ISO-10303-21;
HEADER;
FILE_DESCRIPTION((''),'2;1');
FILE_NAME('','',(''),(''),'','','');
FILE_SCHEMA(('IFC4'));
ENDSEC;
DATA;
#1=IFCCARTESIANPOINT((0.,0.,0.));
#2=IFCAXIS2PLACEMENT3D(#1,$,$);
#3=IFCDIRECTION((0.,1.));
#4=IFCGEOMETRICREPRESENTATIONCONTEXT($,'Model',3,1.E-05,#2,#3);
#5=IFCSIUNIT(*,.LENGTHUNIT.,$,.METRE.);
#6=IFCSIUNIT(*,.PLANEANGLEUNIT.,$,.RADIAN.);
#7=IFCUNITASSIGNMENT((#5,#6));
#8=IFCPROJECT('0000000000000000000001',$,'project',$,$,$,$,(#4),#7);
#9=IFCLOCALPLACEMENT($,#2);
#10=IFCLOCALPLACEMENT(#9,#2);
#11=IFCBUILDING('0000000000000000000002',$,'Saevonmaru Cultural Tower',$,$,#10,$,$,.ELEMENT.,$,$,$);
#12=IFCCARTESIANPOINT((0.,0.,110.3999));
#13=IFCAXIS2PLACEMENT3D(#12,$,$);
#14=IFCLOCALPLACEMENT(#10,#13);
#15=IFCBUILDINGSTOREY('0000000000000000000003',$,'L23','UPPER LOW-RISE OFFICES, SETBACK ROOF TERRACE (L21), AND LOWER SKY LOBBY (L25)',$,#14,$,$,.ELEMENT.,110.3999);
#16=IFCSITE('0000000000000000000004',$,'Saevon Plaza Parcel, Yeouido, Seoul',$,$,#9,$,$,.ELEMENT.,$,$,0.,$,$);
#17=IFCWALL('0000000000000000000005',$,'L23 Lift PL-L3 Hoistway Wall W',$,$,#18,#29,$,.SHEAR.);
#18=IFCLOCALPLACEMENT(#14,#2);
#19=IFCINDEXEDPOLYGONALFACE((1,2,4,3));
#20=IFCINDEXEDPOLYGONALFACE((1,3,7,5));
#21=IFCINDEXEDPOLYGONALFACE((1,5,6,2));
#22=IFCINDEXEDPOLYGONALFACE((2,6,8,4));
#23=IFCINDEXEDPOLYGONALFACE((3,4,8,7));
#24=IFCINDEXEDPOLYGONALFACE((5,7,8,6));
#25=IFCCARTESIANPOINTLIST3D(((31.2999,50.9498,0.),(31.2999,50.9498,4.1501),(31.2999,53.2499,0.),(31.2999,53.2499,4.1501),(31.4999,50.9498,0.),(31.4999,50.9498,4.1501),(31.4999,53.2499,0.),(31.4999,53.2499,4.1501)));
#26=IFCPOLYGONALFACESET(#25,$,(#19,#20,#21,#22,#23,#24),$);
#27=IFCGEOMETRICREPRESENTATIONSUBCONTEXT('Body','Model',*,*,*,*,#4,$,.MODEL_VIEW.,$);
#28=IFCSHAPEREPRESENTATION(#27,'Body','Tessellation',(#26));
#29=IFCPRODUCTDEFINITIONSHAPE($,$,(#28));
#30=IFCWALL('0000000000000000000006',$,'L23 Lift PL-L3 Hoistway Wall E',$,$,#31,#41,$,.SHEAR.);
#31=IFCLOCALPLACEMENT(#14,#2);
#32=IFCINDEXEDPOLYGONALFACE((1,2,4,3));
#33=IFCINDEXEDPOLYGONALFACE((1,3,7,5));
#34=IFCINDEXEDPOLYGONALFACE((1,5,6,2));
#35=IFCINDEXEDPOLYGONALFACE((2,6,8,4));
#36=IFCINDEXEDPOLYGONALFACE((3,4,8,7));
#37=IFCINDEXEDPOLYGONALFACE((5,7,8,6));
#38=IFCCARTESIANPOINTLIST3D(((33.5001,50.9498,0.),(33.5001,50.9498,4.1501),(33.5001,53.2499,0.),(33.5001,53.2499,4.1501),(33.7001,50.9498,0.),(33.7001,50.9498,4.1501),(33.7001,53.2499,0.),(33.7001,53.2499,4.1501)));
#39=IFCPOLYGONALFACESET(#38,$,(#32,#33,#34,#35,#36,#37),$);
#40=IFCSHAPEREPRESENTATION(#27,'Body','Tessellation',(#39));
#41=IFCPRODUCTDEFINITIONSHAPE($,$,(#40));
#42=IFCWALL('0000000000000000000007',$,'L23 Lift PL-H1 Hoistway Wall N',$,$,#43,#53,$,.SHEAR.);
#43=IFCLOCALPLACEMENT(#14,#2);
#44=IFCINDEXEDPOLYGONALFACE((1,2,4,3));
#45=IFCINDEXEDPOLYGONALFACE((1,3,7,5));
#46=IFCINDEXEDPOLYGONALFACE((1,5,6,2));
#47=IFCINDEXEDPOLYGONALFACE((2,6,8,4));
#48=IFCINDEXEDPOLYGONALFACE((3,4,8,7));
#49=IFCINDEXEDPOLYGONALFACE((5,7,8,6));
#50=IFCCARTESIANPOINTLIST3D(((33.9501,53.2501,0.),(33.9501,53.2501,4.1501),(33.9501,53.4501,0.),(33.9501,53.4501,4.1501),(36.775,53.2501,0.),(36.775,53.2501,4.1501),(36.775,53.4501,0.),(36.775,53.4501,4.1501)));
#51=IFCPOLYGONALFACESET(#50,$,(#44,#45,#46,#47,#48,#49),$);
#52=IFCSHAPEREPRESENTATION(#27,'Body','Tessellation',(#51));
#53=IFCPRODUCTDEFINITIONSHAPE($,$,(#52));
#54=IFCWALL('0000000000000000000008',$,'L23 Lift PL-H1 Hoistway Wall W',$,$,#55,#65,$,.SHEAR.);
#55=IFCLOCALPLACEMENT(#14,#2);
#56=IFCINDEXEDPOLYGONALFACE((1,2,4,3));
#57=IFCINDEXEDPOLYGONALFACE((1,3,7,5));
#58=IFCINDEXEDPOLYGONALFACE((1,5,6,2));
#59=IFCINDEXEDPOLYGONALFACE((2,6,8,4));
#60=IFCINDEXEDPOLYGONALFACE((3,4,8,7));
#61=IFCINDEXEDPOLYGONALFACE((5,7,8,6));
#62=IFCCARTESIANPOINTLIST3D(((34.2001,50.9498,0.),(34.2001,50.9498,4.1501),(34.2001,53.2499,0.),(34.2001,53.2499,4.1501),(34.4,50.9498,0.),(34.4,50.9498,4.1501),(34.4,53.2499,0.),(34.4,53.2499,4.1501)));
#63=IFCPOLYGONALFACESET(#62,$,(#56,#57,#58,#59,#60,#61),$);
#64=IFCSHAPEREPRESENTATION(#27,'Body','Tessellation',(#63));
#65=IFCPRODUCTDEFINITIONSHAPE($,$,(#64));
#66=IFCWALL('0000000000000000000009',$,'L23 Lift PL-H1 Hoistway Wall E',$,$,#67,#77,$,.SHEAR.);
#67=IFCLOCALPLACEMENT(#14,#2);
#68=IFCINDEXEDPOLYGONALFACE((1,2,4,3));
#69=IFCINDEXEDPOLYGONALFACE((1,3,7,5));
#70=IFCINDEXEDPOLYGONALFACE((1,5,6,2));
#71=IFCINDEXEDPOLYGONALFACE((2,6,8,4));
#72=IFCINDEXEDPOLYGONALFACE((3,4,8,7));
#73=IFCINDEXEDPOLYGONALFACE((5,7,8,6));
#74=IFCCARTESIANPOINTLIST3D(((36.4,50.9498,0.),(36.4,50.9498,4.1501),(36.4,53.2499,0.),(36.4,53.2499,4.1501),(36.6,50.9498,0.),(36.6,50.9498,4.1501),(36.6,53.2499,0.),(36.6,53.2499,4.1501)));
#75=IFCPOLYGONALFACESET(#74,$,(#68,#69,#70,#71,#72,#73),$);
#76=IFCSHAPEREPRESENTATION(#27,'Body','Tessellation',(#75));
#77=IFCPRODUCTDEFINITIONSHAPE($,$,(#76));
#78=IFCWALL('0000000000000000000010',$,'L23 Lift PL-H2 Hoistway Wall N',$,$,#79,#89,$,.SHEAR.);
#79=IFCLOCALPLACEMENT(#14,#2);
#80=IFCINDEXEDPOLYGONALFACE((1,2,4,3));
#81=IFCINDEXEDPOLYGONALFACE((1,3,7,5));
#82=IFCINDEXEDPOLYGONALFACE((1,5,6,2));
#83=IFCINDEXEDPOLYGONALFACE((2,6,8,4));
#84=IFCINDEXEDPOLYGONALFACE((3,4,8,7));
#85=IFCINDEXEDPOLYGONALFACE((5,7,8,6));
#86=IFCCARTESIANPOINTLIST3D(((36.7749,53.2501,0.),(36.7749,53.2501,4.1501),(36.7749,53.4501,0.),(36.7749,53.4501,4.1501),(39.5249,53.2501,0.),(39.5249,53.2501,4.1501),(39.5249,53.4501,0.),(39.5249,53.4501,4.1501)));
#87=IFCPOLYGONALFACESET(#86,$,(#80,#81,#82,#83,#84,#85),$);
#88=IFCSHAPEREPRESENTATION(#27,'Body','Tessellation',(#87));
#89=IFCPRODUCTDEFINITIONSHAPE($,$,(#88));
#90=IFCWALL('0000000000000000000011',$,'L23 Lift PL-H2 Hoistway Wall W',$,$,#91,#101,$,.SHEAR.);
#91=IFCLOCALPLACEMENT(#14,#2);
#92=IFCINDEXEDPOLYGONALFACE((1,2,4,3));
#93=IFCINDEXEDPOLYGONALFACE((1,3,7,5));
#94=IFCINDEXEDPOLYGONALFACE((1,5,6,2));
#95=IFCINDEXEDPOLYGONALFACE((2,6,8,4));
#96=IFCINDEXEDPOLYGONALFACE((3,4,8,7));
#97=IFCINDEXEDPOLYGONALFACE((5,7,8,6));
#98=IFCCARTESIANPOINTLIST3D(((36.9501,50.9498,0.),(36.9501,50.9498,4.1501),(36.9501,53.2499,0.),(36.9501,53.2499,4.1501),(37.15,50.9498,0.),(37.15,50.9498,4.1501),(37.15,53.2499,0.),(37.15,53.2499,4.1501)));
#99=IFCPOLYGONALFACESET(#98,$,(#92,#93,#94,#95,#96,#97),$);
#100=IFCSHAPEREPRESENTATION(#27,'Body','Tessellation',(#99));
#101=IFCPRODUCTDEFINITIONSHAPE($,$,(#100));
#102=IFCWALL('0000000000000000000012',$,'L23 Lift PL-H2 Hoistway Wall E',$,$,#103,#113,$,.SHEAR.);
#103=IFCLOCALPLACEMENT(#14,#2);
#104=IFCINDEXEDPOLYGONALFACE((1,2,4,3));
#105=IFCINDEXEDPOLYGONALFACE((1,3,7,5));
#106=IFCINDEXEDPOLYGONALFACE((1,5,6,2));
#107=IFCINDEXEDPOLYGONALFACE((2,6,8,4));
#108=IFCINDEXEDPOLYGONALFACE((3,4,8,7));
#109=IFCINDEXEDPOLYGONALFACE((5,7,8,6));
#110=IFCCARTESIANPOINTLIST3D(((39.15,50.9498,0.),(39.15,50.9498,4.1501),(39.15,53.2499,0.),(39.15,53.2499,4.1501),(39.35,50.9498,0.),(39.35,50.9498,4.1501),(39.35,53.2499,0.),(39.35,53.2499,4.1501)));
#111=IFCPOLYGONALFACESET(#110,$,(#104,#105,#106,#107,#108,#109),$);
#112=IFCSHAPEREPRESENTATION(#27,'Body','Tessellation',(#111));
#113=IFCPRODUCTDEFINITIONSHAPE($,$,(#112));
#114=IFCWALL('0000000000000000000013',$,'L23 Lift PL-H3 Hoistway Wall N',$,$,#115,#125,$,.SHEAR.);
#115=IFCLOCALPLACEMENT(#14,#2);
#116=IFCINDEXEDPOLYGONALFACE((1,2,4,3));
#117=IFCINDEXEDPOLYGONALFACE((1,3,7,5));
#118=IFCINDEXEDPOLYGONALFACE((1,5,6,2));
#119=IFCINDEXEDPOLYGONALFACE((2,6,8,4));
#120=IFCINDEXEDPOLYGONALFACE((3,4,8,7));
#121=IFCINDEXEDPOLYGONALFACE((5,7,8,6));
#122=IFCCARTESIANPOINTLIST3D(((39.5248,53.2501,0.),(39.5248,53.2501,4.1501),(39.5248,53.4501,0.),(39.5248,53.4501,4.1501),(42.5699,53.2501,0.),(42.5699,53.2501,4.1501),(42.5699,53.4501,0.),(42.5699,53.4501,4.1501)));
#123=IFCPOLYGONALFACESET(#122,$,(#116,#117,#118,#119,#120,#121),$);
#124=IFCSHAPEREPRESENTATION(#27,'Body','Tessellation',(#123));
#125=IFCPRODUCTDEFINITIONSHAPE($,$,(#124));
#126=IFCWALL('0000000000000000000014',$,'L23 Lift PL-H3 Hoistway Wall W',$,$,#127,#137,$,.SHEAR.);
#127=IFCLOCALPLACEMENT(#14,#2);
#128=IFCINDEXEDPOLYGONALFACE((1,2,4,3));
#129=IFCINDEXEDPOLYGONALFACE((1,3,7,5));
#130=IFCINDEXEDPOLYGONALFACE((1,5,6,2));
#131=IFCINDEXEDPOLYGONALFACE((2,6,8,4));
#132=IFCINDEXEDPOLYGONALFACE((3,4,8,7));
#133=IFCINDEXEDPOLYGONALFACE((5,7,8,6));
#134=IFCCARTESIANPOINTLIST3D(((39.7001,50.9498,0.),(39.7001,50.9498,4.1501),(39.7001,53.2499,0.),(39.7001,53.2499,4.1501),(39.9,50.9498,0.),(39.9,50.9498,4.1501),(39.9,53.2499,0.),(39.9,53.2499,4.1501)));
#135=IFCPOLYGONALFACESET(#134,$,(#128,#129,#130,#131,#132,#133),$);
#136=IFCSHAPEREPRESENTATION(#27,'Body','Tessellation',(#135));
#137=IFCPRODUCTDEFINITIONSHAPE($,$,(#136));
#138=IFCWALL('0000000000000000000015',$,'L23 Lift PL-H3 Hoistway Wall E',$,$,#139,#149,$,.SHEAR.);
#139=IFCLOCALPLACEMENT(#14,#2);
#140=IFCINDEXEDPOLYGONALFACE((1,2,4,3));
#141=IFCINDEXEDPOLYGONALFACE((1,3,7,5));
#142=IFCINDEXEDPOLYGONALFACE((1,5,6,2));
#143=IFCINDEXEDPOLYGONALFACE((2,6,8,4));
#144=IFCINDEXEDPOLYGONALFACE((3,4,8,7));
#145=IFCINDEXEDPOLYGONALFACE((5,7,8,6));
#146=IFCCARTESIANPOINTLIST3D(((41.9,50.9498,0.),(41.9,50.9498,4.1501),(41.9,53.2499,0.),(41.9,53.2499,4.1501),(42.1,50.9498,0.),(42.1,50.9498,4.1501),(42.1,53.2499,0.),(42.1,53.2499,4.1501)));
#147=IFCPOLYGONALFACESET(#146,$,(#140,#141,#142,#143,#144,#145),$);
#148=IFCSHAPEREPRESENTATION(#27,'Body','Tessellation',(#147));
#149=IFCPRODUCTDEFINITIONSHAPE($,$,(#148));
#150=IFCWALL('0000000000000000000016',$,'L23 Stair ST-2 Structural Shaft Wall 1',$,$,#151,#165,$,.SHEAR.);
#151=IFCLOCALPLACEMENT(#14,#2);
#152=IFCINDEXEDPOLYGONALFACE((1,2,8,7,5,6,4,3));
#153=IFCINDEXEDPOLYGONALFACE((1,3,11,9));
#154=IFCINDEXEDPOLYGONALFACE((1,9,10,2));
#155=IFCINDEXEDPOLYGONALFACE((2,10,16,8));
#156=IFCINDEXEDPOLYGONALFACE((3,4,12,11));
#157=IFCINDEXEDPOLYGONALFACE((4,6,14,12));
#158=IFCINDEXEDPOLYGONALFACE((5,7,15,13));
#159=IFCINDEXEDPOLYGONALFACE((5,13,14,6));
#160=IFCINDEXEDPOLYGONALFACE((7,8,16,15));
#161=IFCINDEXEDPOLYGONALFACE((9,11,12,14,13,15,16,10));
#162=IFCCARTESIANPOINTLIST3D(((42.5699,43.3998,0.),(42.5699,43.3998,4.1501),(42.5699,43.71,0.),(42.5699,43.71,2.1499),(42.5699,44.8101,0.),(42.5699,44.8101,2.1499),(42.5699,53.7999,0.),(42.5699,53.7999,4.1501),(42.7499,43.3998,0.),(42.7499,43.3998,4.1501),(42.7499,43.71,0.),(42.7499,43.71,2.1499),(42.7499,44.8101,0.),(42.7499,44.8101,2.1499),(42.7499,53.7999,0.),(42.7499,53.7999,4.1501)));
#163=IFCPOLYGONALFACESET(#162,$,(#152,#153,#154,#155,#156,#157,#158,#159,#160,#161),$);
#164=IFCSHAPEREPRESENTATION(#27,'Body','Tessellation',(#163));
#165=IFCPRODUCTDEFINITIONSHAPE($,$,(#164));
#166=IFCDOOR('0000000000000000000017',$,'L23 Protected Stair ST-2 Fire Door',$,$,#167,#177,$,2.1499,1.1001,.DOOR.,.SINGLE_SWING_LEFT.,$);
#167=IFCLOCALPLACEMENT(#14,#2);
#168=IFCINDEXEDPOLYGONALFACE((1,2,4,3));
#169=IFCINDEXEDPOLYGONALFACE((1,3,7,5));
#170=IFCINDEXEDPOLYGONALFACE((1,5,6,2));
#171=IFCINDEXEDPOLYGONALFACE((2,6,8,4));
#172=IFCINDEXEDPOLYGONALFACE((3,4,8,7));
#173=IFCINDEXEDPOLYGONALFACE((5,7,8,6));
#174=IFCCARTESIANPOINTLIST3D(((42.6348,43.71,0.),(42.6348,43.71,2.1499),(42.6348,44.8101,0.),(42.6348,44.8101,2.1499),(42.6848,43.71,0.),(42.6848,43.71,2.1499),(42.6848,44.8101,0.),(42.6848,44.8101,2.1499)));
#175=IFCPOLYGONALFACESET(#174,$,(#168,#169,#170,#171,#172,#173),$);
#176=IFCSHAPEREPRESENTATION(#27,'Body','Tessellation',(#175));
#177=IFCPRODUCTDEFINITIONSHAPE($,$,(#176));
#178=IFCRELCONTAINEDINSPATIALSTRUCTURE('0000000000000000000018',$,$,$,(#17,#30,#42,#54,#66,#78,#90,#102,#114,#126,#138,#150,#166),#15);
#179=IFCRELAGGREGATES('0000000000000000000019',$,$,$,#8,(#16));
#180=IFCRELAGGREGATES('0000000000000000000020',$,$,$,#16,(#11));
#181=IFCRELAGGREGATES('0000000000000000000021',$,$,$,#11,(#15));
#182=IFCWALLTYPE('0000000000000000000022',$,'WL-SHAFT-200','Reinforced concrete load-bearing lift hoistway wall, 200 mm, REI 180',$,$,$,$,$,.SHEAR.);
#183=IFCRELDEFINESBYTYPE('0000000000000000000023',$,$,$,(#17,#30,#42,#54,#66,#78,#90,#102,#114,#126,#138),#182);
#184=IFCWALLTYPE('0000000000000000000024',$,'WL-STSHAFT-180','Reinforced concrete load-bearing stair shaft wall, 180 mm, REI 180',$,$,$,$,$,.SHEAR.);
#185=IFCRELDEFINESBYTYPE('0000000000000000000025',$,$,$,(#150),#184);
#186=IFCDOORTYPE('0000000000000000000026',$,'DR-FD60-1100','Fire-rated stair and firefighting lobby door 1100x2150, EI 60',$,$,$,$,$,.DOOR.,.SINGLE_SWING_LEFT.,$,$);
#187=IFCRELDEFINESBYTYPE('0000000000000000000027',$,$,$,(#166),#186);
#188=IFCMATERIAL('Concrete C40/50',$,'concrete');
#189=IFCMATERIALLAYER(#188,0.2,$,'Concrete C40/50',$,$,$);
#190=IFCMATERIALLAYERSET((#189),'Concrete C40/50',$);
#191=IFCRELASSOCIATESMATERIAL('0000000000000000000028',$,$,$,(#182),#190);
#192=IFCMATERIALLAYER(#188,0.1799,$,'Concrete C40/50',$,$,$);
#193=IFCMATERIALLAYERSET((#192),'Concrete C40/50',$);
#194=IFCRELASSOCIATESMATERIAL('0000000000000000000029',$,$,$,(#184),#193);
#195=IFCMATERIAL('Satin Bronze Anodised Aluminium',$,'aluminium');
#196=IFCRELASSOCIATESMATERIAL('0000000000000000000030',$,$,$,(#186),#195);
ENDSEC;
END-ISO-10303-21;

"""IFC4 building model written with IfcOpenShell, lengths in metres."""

from ifc_helpers import new_model, si_unit, direction, frame, frame_2d, origin, place, context, subcontext, project, spatial, rectangle, extrude, material, layer, layer_set, type_object, element, fill, save


model = new_model("IFC4")

# Units and contexts
model_context = context("Model", 3, precision=1e-05, world=origin(), true_north=direction((0.0, 1.0)))
body_context = subcontext(model_context, "Body", "Model", "MODEL_VIEW")
ifc_project = project(units=[si_unit("LENGTHUNIT", "METRE"), si_unit("PLANEANGLEUNIT", "RADIAN")], contexts=[model_context])

# Site, building, storey
site_placement = place(None, origin())
site = spatial("IfcSite", under=ifc_project, at=site_placement, Name="Saevon Plaza Parcel, Yeouido, Seoul", CompositionType="ELEMENT", RefElevation=0.0)
building_placement = place(site_placement, origin())
building = spatial("IfcBuilding", under=site, at=building_placement, Name="Saevonmaru Cultural Tower", CompositionType="ELEMENT")
storey_placement = place(building_placement, frame((0.0, 0.0, 110.3999)))
storey = spatial("IfcBuildingStorey", under=building, at=storey_placement, Name="L23", Description="UPPER LOW-RISE OFFICES, SETBACK ROOF TERRACE (L21), AND LOWER SKY LOBBY (L25)", CompositionType="ELEMENT", Elevation=110.3999)

# Shared definitions
ifc_material_1 = material(Name="Satin Bronze Anodised Aluminium", Category="aluminium")

# Walls
ifc_material_2 = material(Name="Concrete C40/50", Category="concrete")
ifc_layer_1 = layer(ifc_material_2, 0.2, Name="Concrete C40/50")
ifc_layer_set_1 = layer_set([ifc_layer_1], Name="Concrete C40/50")
wall_type_1 = type_object("IfcWallType", Name="WL-SHAFT-200", Description="Reinforced concrete load-bearing lift hoistway wall, 200 mm, REI 180", PredefinedType="SHEAR", material=ifc_layer_set_1)
for number, where, z_axis, x_axis, name in (
    (1, (31.3999, 50.95, 0.0), (0.0, 0.0, 1.0), (0.0, 1.0, 0.0), "L23 Lift PL-L3 Hoistway Wall W"),
    (2, (33.6001, 50.95, 0.0), (0.0, 0.0, 1.0), (0.0, 1.0, 0.0), "L23 Lift PL-L3 Hoistway Wall E"),
):
    element("IfcWall", number, at=place(storey_placement, frame(where, z_axis=z_axis, x_axis=x_axis)), inside=storey, type_object=wall_type_1, Name=name, PredefinedType="SHEAR", context=body_context, shape_type="SweptSolid", body=[
        extrude(rectangle(XDim=2.3, YDim=0.2, at=frame_2d((1.1499, 0.0))), origin(), (0.0, 0.0, 1.0), 4.1501),
    ])
wall_1_placement = place(storey_placement, frame((33.95, 53.3501, 0.0), z_axis=(0.0, 0.0, 1.0), x_axis=(1.0, 0.0, 0.0)))
element("IfcWall", 3, at=wall_1_placement, inside=storey, type_object=wall_type_1, Name="L23 Lift PL-H1 Hoistway Wall N", PredefinedType="SHEAR", context=body_context, shape_type="SweptSolid", body=[
    extrude(rectangle(XDim=2.825, YDim=0.2, at=frame_2d((1.4126, 0.0))), origin(), (0.0, 0.0, 1.0), 4.1501),
])
for number, where, z_axis, x_axis, name in (
    (4, (34.3, 50.95, 0.0), (0.0, 0.0, 1.0), (0.0, 1.0, 0.0), "L23 Lift PL-H1 Hoistway Wall W"),
    (5, (36.5, 50.95, 0.0), (0.0, 0.0, 1.0), (0.0, 1.0, 0.0), "L23 Lift PL-H1 Hoistway Wall E"),
):
    element("IfcWall", number, at=place(storey_placement, frame(where, z_axis=z_axis, x_axis=x_axis)), inside=storey, type_object=wall_type_1, Name=name, PredefinedType="SHEAR", context=body_context, shape_type="SweptSolid", body=[
        extrude(rectangle(XDim=2.3, YDim=0.2, at=frame_2d((1.1499, 0.0))), origin(), (0.0, 0.0, 1.0), 4.1501),
    ])
wall_2_placement = place(storey_placement, frame((36.7749, 53.3501, 0.0), z_axis=(0.0, 0.0, 1.0), x_axis=(1.0, 0.0, 0.0)))
element("IfcWall", 6, at=wall_2_placement, inside=storey, type_object=wall_type_1, Name="L23 Lift PL-H2 Hoistway Wall N", PredefinedType="SHEAR", context=body_context, shape_type="SweptSolid", body=[
    extrude(rectangle(XDim=2.75, YDim=0.2, at=frame_2d((1.375, 0.0))), origin(), (0.0, 0.0, 1.0), 4.1501),
])
for number, where, z_axis, x_axis, name in (
    (7, (37.05, 50.95, 0.0), (0.0, 0.0, 1.0), (0.0, 1.0, 0.0), "L23 Lift PL-H2 Hoistway Wall W"),
    (8, (39.25, 50.95, 0.0), (0.0, 0.0, 1.0), (0.0, 1.0, 0.0), "L23 Lift PL-H2 Hoistway Wall E"),
):
    element("IfcWall", number, at=place(storey_placement, frame(where, z_axis=z_axis, x_axis=x_axis)), inside=storey, type_object=wall_type_1, Name=name, PredefinedType="SHEAR", context=body_context, shape_type="SweptSolid", body=[
        extrude(rectangle(XDim=2.3, YDim=0.2, at=frame_2d((1.1499, 0.0))), origin(), (0.0, 0.0, 1.0), 4.1501),
    ])
wall_3_placement = place(storey_placement, frame((39.5249, 53.3501, 0.0), z_axis=(0.0, 0.0, 1.0), x_axis=(1.0, 0.0, 0.0)))
element("IfcWall", 9, at=wall_3_placement, inside=storey, type_object=wall_type_1, Name="L23 Lift PL-H3 Hoistway Wall N", PredefinedType="SHEAR", context=body_context, shape_type="SweptSolid", body=[
    extrude(rectangle(XDim=3.0452, YDim=0.2, at=frame_2d((1.5225, 0.0))), origin(), (0.0, 0.0, 1.0), 4.1501),
])
for number, where, z_axis, x_axis, name in (
    (10, (39.8, 50.95, 0.0), (0.0, 0.0, 1.0), (0.0, 1.0, 0.0), "L23 Lift PL-H3 Hoistway Wall W"),
    (11, (42.0, 50.95, 0.0), (0.0, 0.0, 1.0), (0.0, 1.0, 0.0), "L23 Lift PL-H3 Hoistway Wall E"),
):
    element("IfcWall", number, at=place(storey_placement, frame(where, z_axis=z_axis, x_axis=x_axis)), inside=storey, type_object=wall_type_1, Name=name, PredefinedType="SHEAR", context=body_context, shape_type="SweptSolid", body=[
        extrude(rectangle(XDim=2.3, YDim=0.2, at=frame_2d((1.1499, 0.0))), origin(), (0.0, 0.0, 1.0), 4.1501),
    ])

# Wall, opening, door
ifc_layer_2 = layer(ifc_material_2, 0.1799, Name="Concrete C40/50")
ifc_layer_set_2 = layer_set([ifc_layer_2], Name="Concrete C40/50")
wall_type_2 = type_object("IfcWallType", Name="WL-STSHAFT-180", Description="Reinforced concrete load-bearing stair shaft wall, 180 mm, REI 180", PredefinedType="SHEAR", material=ifc_layer_set_2)
wall_4_placement = place(storey_placement, frame((42.6599, 53.8, 0.0), z_axis=(0.0, 0.0, 1.0), x_axis=(0.0, -1.0, 0.0)))
wall_4 = element("IfcWall", 12, at=wall_4_placement, inside=storey, type_object=wall_type_2, Name="L23 Stair ST-2 Structural Shaft Wall 1", PredefinedType="SHEAR", context=body_context, shape_type="SweptSolid", body=[
    extrude(rectangle(XDim=10.4001, YDim=0.1799, at=frame_2d((5.2002, 0.0))), origin(), (0.0, 0.0, 1.0), 4.1501),
])
opening_placement = place(wall_4_placement, frame((8.99, 0.0, 0.0)))
opening = element("IfcOpeningElement", 13, at=opening_placement, cuts=wall_4, PredefinedType="OPENING", context=body_context, shape_type="SweptSolid", body=[
    extrude(rectangle(XDim=1.1001, YDim=2.1499, at=frame_2d((0.55, 1.075))), frame((0.0, 0.1001, 0.0), z_axis=(0.0, -1.0, 0.0), x_axis=(1.0, 0.0, 0.0)), (0.0, 0.0, 1.0), 0.2),
])
door_type = type_object("IfcDoorType", Name="DR-FD60-1100", Description="Fire-rated stair and firefighting lobby door 1100x2150, EI 60", OperationType="SINGLE_SWING_LEFT", PredefinedType="DOOR", material=ifc_material_1)
door_placement = place(opening_placement, origin())
door = element("IfcDoor", 14, at=door_placement, inside=storey, type_object=door_type, Name="L23 Protected Stair ST-2 Fire Door", OperationType="SINGLE_SWING_LEFT", OverallHeight=2.1499, OverallWidth=1.1001, PredefinedType="DOOR", context=body_context, shape_type="SweptSolid", body=[
    extrude(rectangle(XDim=1.1001, YDim=2.1499, at=frame_2d((0.55, 1.075))), frame((0.0, 0.0249, 0.0), z_axis=(0.0, -1.0, 0.0), x_axis=(1.0, 0.0, 0.0)), (0.0, 0.0, 1.0), 0.05),
])
fill(opening, door)

save(model, "model.ifc")
